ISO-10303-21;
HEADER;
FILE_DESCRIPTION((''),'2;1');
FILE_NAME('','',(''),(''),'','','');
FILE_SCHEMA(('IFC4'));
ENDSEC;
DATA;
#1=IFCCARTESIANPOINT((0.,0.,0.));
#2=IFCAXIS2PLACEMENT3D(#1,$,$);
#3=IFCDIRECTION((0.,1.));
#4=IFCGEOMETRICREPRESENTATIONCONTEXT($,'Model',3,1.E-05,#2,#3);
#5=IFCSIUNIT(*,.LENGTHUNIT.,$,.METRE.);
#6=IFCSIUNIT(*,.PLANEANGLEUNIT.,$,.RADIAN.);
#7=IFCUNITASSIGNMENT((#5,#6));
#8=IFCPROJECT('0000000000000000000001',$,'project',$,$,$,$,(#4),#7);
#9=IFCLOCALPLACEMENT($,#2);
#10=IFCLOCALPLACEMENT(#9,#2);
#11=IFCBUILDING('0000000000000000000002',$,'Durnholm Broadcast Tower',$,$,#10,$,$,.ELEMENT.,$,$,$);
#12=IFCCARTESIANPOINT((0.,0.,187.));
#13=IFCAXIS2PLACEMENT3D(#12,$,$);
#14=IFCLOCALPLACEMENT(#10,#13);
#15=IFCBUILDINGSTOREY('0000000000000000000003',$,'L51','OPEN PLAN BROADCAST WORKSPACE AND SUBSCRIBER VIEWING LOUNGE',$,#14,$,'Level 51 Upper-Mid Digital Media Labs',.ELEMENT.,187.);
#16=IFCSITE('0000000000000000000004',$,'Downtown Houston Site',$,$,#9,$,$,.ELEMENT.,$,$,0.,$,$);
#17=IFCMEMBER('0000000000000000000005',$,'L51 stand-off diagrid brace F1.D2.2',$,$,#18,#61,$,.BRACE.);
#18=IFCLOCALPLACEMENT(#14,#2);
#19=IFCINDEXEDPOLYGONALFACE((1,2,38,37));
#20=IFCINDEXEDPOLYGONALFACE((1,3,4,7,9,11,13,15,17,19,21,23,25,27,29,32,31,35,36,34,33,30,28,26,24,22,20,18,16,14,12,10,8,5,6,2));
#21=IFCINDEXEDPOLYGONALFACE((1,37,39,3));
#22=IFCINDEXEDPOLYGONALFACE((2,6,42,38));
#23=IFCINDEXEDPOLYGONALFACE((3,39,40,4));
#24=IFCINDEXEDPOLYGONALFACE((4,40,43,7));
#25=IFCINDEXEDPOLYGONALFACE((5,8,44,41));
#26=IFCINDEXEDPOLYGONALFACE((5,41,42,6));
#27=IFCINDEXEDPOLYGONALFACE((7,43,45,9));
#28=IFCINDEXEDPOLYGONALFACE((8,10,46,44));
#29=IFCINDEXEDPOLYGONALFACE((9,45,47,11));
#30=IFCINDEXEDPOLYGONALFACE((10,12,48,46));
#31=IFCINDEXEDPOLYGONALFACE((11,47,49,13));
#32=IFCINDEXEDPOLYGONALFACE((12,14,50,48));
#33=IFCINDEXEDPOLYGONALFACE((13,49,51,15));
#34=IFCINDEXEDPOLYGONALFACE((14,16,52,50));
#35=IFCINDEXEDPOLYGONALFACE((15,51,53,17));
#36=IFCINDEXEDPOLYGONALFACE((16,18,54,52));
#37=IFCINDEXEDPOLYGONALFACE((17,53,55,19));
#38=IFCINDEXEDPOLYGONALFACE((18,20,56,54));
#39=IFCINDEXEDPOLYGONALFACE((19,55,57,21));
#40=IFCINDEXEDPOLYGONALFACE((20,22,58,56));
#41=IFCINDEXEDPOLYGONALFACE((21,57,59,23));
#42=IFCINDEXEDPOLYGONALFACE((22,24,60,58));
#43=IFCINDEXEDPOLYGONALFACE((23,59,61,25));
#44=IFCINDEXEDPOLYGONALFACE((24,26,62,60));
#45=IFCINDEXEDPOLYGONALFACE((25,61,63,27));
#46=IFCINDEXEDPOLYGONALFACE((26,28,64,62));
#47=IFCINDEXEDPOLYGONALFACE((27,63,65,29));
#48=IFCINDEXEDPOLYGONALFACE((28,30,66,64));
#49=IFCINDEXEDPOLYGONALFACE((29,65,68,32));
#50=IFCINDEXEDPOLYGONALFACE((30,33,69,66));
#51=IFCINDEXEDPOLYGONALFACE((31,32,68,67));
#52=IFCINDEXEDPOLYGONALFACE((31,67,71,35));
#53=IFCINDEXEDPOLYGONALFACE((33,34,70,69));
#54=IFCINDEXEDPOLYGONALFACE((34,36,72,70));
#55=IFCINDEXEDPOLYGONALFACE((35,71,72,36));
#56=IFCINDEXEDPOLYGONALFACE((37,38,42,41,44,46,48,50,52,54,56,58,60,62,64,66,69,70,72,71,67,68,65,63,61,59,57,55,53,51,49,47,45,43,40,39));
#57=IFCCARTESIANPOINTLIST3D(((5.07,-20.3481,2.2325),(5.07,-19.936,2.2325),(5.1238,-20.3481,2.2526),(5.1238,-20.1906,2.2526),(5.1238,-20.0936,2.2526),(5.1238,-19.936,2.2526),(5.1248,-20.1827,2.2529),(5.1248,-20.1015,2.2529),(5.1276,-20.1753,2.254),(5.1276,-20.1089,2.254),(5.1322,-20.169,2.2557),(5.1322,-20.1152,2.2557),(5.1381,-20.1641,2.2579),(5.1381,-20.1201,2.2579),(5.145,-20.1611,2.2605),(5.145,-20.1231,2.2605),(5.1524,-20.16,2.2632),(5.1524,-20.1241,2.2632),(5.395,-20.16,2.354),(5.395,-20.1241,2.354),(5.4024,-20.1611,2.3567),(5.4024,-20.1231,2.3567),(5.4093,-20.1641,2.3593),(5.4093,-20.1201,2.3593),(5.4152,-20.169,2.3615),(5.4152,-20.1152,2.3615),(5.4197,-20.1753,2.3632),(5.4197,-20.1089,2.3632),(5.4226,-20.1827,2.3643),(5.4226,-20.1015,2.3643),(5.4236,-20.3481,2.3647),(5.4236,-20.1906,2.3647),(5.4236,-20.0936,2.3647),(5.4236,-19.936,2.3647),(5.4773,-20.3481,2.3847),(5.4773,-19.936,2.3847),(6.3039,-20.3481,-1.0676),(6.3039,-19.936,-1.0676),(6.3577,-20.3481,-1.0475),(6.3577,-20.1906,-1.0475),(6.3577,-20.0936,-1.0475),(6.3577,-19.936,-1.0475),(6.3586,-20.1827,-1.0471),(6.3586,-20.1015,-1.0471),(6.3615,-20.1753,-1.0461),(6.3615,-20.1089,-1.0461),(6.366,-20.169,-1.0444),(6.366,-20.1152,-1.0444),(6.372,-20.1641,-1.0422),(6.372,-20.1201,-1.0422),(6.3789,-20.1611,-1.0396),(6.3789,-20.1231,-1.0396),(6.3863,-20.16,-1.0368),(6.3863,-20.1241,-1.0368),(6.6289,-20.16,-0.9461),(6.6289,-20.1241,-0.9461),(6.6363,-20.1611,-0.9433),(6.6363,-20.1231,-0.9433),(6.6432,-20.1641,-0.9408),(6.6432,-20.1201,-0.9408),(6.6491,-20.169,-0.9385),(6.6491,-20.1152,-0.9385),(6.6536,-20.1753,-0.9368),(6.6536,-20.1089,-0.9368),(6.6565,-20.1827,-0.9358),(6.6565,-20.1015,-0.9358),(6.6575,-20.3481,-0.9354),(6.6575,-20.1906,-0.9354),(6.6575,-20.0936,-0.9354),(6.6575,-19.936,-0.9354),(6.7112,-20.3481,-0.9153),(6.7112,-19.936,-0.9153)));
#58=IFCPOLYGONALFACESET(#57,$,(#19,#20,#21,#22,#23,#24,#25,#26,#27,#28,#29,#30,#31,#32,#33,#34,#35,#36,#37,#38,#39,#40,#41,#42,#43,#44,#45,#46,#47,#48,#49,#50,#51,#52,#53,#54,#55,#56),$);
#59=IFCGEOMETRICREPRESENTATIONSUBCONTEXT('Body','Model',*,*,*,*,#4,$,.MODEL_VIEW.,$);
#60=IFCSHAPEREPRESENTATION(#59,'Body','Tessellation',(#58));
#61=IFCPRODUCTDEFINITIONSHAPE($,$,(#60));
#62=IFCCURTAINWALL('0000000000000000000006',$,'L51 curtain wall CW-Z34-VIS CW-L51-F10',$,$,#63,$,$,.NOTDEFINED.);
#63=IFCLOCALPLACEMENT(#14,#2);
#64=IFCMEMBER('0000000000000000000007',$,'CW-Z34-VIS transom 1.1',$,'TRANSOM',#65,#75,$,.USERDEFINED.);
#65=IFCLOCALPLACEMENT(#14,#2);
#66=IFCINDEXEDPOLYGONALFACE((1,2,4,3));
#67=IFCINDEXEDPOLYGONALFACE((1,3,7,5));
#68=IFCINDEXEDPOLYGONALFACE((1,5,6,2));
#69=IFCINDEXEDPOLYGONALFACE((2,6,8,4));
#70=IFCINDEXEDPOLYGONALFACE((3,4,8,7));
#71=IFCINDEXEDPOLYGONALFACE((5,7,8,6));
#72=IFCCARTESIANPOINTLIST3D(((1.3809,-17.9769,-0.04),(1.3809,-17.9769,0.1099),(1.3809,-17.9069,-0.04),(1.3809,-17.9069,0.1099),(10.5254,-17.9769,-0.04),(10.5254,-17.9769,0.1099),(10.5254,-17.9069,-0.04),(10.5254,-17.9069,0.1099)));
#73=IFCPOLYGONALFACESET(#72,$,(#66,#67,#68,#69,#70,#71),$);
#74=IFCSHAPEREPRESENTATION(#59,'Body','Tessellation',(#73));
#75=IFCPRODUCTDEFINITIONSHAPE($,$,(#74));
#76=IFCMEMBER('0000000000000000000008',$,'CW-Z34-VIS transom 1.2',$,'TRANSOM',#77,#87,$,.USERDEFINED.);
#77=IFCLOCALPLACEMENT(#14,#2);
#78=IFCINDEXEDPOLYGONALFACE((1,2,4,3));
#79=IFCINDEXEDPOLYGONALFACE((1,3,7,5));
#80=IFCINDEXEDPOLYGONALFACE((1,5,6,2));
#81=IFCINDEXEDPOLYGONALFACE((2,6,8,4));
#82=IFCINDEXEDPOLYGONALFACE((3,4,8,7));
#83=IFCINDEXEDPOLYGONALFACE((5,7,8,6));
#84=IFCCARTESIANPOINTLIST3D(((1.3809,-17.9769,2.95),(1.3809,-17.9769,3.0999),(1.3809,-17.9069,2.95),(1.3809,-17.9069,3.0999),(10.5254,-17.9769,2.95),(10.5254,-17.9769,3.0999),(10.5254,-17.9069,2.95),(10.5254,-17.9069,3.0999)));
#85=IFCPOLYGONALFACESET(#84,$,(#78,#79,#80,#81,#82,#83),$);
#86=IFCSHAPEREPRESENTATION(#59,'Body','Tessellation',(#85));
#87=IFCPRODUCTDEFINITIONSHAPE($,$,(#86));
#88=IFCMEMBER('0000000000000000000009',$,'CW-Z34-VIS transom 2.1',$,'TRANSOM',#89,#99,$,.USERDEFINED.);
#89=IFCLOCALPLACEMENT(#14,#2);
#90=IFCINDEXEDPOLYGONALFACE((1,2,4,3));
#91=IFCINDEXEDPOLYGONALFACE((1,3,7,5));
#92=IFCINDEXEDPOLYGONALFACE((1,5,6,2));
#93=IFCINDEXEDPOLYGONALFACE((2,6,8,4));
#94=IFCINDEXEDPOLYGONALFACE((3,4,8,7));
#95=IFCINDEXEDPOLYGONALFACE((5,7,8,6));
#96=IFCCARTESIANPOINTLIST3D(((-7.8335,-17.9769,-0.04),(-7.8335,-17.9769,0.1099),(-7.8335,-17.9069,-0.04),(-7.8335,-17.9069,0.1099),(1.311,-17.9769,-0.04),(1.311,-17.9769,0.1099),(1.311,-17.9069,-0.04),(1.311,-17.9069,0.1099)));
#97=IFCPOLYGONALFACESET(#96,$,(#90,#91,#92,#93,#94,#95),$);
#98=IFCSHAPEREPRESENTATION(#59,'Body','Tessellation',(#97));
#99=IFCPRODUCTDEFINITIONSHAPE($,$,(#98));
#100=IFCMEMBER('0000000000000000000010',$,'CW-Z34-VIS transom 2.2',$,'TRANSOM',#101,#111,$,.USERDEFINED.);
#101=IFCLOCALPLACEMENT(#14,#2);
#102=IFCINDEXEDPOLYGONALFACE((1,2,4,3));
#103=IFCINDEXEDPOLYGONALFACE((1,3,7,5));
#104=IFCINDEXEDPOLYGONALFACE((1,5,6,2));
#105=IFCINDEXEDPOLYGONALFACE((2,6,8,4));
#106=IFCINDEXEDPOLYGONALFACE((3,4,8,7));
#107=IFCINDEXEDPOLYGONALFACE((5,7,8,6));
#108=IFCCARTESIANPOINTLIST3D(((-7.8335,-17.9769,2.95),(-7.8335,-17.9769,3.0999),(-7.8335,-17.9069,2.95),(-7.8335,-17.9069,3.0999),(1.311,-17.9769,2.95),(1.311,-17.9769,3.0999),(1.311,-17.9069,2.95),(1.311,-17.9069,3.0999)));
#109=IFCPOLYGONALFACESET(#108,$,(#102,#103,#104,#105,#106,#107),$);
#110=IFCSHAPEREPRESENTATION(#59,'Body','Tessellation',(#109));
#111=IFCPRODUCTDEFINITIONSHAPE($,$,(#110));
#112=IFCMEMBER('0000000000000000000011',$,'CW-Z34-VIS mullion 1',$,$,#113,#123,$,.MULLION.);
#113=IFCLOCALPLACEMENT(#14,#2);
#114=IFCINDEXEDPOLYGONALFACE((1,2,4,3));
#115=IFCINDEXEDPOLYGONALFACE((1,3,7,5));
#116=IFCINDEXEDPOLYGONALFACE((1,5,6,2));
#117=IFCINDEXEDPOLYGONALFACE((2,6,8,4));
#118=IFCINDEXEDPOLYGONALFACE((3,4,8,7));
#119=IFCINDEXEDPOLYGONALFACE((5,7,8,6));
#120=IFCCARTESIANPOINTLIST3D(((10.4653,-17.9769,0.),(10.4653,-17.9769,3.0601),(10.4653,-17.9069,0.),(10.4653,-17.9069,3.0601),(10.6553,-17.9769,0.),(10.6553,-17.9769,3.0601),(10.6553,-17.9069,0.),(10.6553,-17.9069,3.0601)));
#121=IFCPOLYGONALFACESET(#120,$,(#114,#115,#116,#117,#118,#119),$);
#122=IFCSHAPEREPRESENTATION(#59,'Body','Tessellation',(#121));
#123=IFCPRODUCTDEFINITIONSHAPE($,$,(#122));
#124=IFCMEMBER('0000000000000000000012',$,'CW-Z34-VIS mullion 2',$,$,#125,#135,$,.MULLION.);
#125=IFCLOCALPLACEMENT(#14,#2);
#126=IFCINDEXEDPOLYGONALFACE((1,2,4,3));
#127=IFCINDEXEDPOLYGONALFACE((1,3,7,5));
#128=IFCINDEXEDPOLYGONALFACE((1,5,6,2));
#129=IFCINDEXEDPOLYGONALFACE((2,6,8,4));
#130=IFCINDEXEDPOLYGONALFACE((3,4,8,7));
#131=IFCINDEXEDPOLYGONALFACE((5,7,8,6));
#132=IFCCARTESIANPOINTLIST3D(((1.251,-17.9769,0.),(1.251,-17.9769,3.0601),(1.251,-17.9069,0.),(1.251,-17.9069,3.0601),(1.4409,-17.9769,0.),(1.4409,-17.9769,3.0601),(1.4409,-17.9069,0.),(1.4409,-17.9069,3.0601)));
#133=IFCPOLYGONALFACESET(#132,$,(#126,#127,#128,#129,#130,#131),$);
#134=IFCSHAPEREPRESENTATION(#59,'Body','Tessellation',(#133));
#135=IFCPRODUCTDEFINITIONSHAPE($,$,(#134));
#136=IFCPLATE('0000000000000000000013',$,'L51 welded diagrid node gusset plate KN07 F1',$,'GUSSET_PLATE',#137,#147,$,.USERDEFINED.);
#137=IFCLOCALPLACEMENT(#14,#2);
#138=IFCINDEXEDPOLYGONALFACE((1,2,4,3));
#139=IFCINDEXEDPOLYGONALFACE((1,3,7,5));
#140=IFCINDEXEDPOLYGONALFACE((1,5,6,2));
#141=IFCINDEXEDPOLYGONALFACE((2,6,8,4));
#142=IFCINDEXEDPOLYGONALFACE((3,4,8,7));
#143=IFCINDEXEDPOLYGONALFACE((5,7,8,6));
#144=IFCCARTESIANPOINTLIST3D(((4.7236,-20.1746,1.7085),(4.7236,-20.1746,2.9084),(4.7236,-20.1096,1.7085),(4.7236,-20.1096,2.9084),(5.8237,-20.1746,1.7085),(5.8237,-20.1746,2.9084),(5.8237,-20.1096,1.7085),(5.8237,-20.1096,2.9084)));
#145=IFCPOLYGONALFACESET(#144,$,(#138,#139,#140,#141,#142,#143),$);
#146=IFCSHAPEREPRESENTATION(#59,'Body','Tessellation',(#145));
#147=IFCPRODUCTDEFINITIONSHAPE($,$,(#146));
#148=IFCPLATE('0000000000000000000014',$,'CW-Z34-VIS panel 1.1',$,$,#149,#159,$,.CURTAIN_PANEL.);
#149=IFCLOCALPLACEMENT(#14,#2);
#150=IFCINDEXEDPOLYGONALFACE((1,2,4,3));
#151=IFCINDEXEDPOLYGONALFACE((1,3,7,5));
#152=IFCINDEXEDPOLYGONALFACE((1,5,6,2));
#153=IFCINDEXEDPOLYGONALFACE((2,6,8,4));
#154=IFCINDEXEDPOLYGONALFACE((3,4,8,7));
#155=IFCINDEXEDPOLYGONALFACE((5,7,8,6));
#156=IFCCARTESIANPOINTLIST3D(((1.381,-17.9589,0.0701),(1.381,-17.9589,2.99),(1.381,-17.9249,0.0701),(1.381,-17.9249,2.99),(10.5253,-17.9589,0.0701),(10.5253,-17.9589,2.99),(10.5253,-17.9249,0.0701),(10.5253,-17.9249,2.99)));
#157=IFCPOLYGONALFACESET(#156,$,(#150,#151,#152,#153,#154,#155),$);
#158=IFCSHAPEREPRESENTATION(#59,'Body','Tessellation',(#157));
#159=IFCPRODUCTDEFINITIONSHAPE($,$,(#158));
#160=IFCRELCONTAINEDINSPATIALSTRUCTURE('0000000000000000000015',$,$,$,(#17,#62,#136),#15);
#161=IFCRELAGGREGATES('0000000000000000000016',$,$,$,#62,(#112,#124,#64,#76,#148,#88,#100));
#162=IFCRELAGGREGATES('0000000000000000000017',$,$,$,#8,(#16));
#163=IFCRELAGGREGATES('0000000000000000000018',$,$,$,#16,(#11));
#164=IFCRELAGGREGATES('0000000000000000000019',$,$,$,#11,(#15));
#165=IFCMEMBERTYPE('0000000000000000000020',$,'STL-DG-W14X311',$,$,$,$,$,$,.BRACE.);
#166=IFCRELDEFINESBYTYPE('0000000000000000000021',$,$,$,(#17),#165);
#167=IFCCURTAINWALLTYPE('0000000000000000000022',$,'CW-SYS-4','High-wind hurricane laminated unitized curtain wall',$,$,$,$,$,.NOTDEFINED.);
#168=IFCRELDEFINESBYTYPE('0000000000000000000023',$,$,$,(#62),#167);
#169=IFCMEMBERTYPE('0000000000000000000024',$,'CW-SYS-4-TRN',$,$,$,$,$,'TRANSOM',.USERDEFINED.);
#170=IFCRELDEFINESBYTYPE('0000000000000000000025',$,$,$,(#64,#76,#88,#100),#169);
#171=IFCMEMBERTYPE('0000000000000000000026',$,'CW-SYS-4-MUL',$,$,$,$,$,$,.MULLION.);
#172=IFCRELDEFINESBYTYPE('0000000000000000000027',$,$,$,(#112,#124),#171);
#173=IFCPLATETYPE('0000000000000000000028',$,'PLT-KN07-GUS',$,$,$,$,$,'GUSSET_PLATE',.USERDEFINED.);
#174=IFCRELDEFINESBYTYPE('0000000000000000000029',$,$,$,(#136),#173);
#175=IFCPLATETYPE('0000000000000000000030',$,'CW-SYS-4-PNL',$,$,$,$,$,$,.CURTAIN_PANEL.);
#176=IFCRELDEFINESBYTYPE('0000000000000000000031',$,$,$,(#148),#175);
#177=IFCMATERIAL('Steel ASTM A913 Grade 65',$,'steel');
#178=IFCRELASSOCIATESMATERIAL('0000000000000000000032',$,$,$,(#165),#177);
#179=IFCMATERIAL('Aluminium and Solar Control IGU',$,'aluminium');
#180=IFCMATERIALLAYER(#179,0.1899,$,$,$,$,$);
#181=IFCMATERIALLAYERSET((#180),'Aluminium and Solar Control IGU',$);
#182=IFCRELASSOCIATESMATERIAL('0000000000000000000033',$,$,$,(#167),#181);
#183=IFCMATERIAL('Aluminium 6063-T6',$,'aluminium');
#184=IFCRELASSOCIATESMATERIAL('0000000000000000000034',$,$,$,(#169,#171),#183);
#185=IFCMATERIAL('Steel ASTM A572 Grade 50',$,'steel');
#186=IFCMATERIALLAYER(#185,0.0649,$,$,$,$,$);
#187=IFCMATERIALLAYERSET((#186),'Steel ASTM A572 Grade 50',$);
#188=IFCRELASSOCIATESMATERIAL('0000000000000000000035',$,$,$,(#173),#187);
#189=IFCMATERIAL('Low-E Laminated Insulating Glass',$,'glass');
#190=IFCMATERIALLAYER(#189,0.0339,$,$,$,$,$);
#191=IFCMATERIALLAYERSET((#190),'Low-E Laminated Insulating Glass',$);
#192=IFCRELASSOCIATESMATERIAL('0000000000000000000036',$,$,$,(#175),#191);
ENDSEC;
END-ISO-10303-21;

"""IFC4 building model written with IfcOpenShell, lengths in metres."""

from ifc_helpers import new_model, si_unit, direction, frame, origin, origin_2d, place, context, subcontext, project, spatial, rectangle, i_section, extrude, source, transform, mapped, material, layer, layer_set, material_profile, profile_set, type_object, type_shapes, element, aggregate, save


model = new_model("IFC4")

# Units and contexts
model_context = context("Model", 3, precision=1e-05, world=origin(), true_north=direction((0.0, 1.0)))
body_context = subcontext(model_context, "Body", "Model", "MODEL_VIEW")
ifc_project = project(units=[si_unit("LENGTHUNIT", "METRE"), si_unit("PLANEANGLEUNIT", "RADIAN")], contexts=[model_context])

# Site, building, storey
site_placement = place(None, origin())
site = spatial("IfcSite", under=ifc_project, at=site_placement, Name="Downtown Houston Site", CompositionType="ELEMENT", RefElevation=0.0)
building_placement = place(site_placement, origin())
building = spatial("IfcBuilding", under=site, at=building_placement, Name="Durnholm Broadcast Tower", CompositionType="ELEMENT")
storey_placement = place(building_placement, frame((0.0, 0.0, 187.0)))
storey = spatial("IfcBuildingStorey", under=building, at=storey_placement, Name="L51", Description="OPEN PLAN BROADCAST WORKSPACE AND SUBSCRIBER VIEWING LOUNGE", LongName="Level 51 Upper-Mid Digital Media Labs", CompositionType="ELEMENT", Elevation=187.0)

# Member
ifc_material_1 = material(Name="Steel ASTM A913 Grade 65", Category="steel")
ifc_material_profile_1 = material_profile(ifc_material_1, i_section(OverallWidth=0.4121, OverallDepth=0.4348, WebThickness=0.0359, FlangeThickness=0.0574, FilletRadius=0.0305, at=origin_2d()), Name="W14X311")
ifc_profile_set_1 = profile_set([ifc_material_profile_1], Name="Steel ASTM A913 Grade 65")
member_type_1 = type_object("IfcMemberType", Name="STL-DG-W14X311", PredefinedType="BRACE", material=ifc_profile_set_1)
shared_shape_1 = source(origin(), body_context, "Body", "SweptSolid", [
    extrude(i_section(OverallWidth=0.4121, OverallDepth=0.4348, WebThickness=0.0359, FlangeThickness=0.0574, FilletRadius=0.0305, at=origin_2d()), origin(), (0.0, 0.0, 1.0), 3.5232),
])
type_shapes(member_type_1, [shared_shape_1])
for number, where, z_axis, x_axis, name in (
    (1, (6.5076, -20.1421, -0.9915), (-0.35022, 0.0, 0.936668), (0.0, -1.0, 0.0), "L51 stand-off diagrid brace F1.D2.2"),
):
    element("IfcMember", number, at=place(storey_placement, frame(where, z_axis=z_axis, x_axis=x_axis)), inside=storey, type_object=member_type_1, Name=name, PredefinedType="BRACE", context=body_context, shape_type="MappedRepresentation", body=[
        mapped(shared_shape_1, transform((0.0, 0.0, 0.0), x_axis=(1.0, 0.0, 0.0), y_axis=(0.0, 1.0, 0.0), z_axis=(0.0, 0.0, 1.0), scale=1.0)),
    ])

# Curtain wall, members
ifc_material_2 = material(Name="Aluminium and Solar Control IGU", Category="aluminium")
ifc_layer_1 = layer(ifc_material_2, 0.1899)
ifc_layer_set_1 = layer_set([ifc_layer_1], Name="Aluminium and Solar Control IGU")
curtain_wall_type = type_object("IfcCurtainWallType", Name="CW-SYS-4", Description="High-wind hurricane laminated unitized curtain wall", PredefinedType="NOTDEFINED", material=ifc_layer_set_1)
curtain_wall_placement = place(storey_placement, origin())
curtain_wall = element("IfcCurtainWall", 2, at=curtain_wall_placement, inside=storey, type_object=curtain_wall_type, Name="L51 curtain wall CW-Z34-VIS CW-L51-F10", PredefinedType="NOTDEFINED")
ifc_material_3 = material(Name="Aluminium 6063-T6", Category="aluminium")
ifc_material_profile_2 = material_profile(ifc_material_3, rectangle(XDim=0.0701, YDim=0.1499, at=origin_2d()), Name="CWT70X150")
ifc_profile_set_2 = profile_set([ifc_material_profile_2], Name="Aluminium 6063-T6")
member_type_2 = type_object("IfcMemberType", Name="CW-SYS-4-TRN", ElementType="TRANSOM", PredefinedType="USERDEFINED", material=ifc_profile_set_2)
shared_shape_2 = source(origin(), body_context, "Body", "SweptSolid", [
    extrude(rectangle(XDim=0.0701, YDim=0.1499, at=origin_2d()), origin(), (0.0, 0.0, 1.0), 9.1445),
])
type_shapes(member_type_2, [shared_shape_2])
member_1_placement = place(storey_placement, frame((10.5254, -17.9419, 0.0349), z_axis=(-1.0, 0.0, 0.0), x_axis=(0.0, -1.0, 0.0)))
member_1 = element("IfcMember", 3, at=member_1_placement, type_object=member_type_2, Name="CW-Z34-VIS transom 1.1", ObjectType="TRANSOM", PredefinedType="USERDEFINED", context=body_context, shape_type="MappedRepresentation", body=[
    mapped(shared_shape_2, transform((0.0, 0.0, 0.0), x_axis=(1.0, 0.0, 0.0), y_axis=(0.0, 1.0, 0.0), z_axis=(0.0, 0.0, 1.0), scale=1.0)),
])
member_2_placement = place(storey_placement, frame((10.5254, -17.9419, 3.0249), z_axis=(-1.0, 0.0, 0.0), x_axis=(0.0, -1.0, 0.0)))
member_2 = element("IfcMember", 4, at=member_2_placement, type_object=member_type_2, Name="CW-Z34-VIS transom 1.2", ObjectType="TRANSOM", PredefinedType="USERDEFINED", context=body_context, shape_type="MappedRepresentation", body=[
    mapped(shared_shape_2, transform((0.0, 0.0, 0.0), x_axis=(1.0, 0.0, 0.0), y_axis=(0.0, 1.0, 0.0), z_axis=(0.0, 0.0, 1.0), scale=1.0)),
])
member_3_placement = place(storey_placement, frame((1.311, -17.9419, 0.0349), z_axis=(-1.0, 0.0, 0.0), x_axis=(0.0, -1.0, 0.0)))
member_3 = element("IfcMember", 5, at=member_3_placement, type_object=member_type_2, Name="CW-Z34-VIS transom 2.1", ObjectType="TRANSOM", PredefinedType="USERDEFINED", context=body_context, shape_type="MappedRepresentation", body=[
    mapped(shared_shape_2, transform((0.0, 0.0, 0.0), x_axis=(1.0, 0.0, 0.0), y_axis=(0.0, 1.0, 0.0), z_axis=(0.0, 0.0, 1.0), scale=1.0)),
])
member_4_placement = place(storey_placement, frame((1.311, -17.9419, 3.0249), z_axis=(-1.0, 0.0, 0.0), x_axis=(0.0, -1.0, 0.0)))
member_4 = element("IfcMember", 6, at=member_4_placement, type_object=member_type_2, Name="CW-Z34-VIS transom 2.2", ObjectType="TRANSOM", PredefinedType="USERDEFINED", context=body_context, shape_type="MappedRepresentation", body=[
    mapped(shared_shape_2, transform((0.0, 0.0, 0.0), x_axis=(1.0, 0.0, 0.0), y_axis=(0.0, 1.0, 0.0), z_axis=(0.0, 0.0, 1.0), scale=1.0)),
])
ifc_material_profile_3 = material_profile(ifc_material_3, rectangle(XDim=0.0701, YDim=0.1899, at=origin_2d()), Name="CWM70X190")
ifc_profile_set_3 = profile_set([ifc_material_profile_3], Name="Aluminium 6063-T6")
member_type_3 = type_object("IfcMemberType", Name="CW-SYS-4-MUL", PredefinedType="MULLION", material=ifc_profile_set_3)
shared_shape_3 = source(origin(), body_context, "Body", "SweptSolid", [
    extrude(rectangle(XDim=0.0701, YDim=0.1899, at=origin_2d()), origin(), (0.0, 0.0, 1.0), 3.0601),
])
type_shapes(member_type_3, [shared_shape_3])
member_5_placement = place(storey_placement, frame((10.5603, -17.9419, 0.0), z_axis=(0.0, 0.0, 1.0), x_axis=(0.0, -1.0, 0.0)))
member_5 = element("IfcMember", 7, at=member_5_placement, type_object=member_type_3, Name="CW-Z34-VIS mullion 1", PredefinedType="MULLION", context=body_context, shape_type="MappedRepresentation", body=[
    mapped(shared_shape_3, transform((0.0, 0.0, 0.0), x_axis=(1.0, 0.0, 0.0), y_axis=(0.0, 1.0, 0.0), z_axis=(0.0, 0.0, 1.0), scale=1.0)),
])
member_6_placement = place(storey_placement, frame((1.3459, -17.9419, 0.0), z_axis=(0.0, 0.0, 1.0), x_axis=(0.0, -1.0, 0.0)))
member_6 = element("IfcMember", 8, at=member_6_placement, type_object=member_type_3, Name="CW-Z34-VIS mullion 2", PredefinedType="MULLION", context=body_context, shape_type="MappedRepresentation", body=[
    mapped(shared_shape_3, transform((0.0, 0.0, 0.0), x_axis=(1.0, 0.0, 0.0), y_axis=(0.0, 1.0, 0.0), z_axis=(0.0, 0.0, 1.0), scale=1.0)),
])

# Plates
ifc_material_4 = material(Name="Steel ASTM A572 Grade 50", Category="steel")
ifc_layer_2 = layer(ifc_material_4, 0.0649)
ifc_layer_set_2 = layer_set([ifc_layer_2], Name="Steel ASTM A572 Grade 50")
plate_type_1 = type_object("IfcPlateType", Name="PLT-KN07-GUS", ElementType="GUSSET_PLATE", PredefinedType="USERDEFINED", material=ifc_layer_set_2)
shared_shape_4 = source(origin(), body_context, "Body", "SweptSolid", [
    extrude(rectangle(XDim=1.1001, YDim=0.0649, at=origin_2d()), origin(), (0.0, 0.0, 1.0), 1.2),
])
type_shapes(plate_type_1, [shared_shape_4])
plate_1_placement = place(storey_placement, frame((5.2737, -20.1421, 1.7085), z_axis=(0.0, 0.0, 1.0), x_axis=(1.0, 0.0, 0.0)))
element("IfcPlate", 9, at=plate_1_placement, inside=storey, type_object=plate_type_1, Name="L51 welded diagrid node gusset plate KN07 F1", ObjectType="GUSSET_PLATE", PredefinedType="USERDEFINED", context=body_context, shape_type="MappedRepresentation", body=[
    mapped(shared_shape_4, transform((0.0, 0.0, 0.0), x_axis=(1.0, 0.0, 0.0), y_axis=(0.0, 1.0, 0.0), z_axis=(0.0, 0.0, 1.0), scale=1.0)),
])
ifc_material_5 = material(Name="Low-E Laminated Insulating Glass", Category="glass")
ifc_layer_3 = layer(ifc_material_5, 0.0339)
ifc_layer_set_3 = layer_set([ifc_layer_3], Name="Low-E Laminated Insulating Glass")
plate_type_2 = type_object("IfcPlateType", Name="CW-SYS-4-PNL", PredefinedType="CURTAIN_PANEL", material=ifc_layer_set_3)
shared_shape_5 = source(origin(), body_context, "Body", "SweptSolid", [
    extrude(rectangle(XDim=9.1443, YDim=0.0339, at=origin_2d()), origin(), (0.0, 0.0, 1.0), 2.9199),
])
type_shapes(plate_type_2, [shared_shape_5])
plate_2_placement = place(storey_placement, frame((5.9531, -17.9419, 0.0701), z_axis=(0.0, 0.0, 1.0), x_axis=(-1.0, 0.0, 0.0)))
plate_2 = element("IfcPlate", 10, at=plate_2_placement, type_object=plate_type_2, Name="CW-Z34-VIS panel 1.1", PredefinedType="CURTAIN_PANEL", context=body_context, shape_type="MappedRepresentation", body=[
    mapped(shared_shape_5, transform((0.0, 0.0, 0.0), x_axis=(1.0, 0.0, 0.0), y_axis=(0.0, 1.0, 0.0), z_axis=(0.0, 0.0, 1.0), scale=1.0)),
])
aggregate(curtain_wall, [member_5, member_6, member_1, member_2, plate_2, member_3, member_4])

save(model, "model.ifc")
